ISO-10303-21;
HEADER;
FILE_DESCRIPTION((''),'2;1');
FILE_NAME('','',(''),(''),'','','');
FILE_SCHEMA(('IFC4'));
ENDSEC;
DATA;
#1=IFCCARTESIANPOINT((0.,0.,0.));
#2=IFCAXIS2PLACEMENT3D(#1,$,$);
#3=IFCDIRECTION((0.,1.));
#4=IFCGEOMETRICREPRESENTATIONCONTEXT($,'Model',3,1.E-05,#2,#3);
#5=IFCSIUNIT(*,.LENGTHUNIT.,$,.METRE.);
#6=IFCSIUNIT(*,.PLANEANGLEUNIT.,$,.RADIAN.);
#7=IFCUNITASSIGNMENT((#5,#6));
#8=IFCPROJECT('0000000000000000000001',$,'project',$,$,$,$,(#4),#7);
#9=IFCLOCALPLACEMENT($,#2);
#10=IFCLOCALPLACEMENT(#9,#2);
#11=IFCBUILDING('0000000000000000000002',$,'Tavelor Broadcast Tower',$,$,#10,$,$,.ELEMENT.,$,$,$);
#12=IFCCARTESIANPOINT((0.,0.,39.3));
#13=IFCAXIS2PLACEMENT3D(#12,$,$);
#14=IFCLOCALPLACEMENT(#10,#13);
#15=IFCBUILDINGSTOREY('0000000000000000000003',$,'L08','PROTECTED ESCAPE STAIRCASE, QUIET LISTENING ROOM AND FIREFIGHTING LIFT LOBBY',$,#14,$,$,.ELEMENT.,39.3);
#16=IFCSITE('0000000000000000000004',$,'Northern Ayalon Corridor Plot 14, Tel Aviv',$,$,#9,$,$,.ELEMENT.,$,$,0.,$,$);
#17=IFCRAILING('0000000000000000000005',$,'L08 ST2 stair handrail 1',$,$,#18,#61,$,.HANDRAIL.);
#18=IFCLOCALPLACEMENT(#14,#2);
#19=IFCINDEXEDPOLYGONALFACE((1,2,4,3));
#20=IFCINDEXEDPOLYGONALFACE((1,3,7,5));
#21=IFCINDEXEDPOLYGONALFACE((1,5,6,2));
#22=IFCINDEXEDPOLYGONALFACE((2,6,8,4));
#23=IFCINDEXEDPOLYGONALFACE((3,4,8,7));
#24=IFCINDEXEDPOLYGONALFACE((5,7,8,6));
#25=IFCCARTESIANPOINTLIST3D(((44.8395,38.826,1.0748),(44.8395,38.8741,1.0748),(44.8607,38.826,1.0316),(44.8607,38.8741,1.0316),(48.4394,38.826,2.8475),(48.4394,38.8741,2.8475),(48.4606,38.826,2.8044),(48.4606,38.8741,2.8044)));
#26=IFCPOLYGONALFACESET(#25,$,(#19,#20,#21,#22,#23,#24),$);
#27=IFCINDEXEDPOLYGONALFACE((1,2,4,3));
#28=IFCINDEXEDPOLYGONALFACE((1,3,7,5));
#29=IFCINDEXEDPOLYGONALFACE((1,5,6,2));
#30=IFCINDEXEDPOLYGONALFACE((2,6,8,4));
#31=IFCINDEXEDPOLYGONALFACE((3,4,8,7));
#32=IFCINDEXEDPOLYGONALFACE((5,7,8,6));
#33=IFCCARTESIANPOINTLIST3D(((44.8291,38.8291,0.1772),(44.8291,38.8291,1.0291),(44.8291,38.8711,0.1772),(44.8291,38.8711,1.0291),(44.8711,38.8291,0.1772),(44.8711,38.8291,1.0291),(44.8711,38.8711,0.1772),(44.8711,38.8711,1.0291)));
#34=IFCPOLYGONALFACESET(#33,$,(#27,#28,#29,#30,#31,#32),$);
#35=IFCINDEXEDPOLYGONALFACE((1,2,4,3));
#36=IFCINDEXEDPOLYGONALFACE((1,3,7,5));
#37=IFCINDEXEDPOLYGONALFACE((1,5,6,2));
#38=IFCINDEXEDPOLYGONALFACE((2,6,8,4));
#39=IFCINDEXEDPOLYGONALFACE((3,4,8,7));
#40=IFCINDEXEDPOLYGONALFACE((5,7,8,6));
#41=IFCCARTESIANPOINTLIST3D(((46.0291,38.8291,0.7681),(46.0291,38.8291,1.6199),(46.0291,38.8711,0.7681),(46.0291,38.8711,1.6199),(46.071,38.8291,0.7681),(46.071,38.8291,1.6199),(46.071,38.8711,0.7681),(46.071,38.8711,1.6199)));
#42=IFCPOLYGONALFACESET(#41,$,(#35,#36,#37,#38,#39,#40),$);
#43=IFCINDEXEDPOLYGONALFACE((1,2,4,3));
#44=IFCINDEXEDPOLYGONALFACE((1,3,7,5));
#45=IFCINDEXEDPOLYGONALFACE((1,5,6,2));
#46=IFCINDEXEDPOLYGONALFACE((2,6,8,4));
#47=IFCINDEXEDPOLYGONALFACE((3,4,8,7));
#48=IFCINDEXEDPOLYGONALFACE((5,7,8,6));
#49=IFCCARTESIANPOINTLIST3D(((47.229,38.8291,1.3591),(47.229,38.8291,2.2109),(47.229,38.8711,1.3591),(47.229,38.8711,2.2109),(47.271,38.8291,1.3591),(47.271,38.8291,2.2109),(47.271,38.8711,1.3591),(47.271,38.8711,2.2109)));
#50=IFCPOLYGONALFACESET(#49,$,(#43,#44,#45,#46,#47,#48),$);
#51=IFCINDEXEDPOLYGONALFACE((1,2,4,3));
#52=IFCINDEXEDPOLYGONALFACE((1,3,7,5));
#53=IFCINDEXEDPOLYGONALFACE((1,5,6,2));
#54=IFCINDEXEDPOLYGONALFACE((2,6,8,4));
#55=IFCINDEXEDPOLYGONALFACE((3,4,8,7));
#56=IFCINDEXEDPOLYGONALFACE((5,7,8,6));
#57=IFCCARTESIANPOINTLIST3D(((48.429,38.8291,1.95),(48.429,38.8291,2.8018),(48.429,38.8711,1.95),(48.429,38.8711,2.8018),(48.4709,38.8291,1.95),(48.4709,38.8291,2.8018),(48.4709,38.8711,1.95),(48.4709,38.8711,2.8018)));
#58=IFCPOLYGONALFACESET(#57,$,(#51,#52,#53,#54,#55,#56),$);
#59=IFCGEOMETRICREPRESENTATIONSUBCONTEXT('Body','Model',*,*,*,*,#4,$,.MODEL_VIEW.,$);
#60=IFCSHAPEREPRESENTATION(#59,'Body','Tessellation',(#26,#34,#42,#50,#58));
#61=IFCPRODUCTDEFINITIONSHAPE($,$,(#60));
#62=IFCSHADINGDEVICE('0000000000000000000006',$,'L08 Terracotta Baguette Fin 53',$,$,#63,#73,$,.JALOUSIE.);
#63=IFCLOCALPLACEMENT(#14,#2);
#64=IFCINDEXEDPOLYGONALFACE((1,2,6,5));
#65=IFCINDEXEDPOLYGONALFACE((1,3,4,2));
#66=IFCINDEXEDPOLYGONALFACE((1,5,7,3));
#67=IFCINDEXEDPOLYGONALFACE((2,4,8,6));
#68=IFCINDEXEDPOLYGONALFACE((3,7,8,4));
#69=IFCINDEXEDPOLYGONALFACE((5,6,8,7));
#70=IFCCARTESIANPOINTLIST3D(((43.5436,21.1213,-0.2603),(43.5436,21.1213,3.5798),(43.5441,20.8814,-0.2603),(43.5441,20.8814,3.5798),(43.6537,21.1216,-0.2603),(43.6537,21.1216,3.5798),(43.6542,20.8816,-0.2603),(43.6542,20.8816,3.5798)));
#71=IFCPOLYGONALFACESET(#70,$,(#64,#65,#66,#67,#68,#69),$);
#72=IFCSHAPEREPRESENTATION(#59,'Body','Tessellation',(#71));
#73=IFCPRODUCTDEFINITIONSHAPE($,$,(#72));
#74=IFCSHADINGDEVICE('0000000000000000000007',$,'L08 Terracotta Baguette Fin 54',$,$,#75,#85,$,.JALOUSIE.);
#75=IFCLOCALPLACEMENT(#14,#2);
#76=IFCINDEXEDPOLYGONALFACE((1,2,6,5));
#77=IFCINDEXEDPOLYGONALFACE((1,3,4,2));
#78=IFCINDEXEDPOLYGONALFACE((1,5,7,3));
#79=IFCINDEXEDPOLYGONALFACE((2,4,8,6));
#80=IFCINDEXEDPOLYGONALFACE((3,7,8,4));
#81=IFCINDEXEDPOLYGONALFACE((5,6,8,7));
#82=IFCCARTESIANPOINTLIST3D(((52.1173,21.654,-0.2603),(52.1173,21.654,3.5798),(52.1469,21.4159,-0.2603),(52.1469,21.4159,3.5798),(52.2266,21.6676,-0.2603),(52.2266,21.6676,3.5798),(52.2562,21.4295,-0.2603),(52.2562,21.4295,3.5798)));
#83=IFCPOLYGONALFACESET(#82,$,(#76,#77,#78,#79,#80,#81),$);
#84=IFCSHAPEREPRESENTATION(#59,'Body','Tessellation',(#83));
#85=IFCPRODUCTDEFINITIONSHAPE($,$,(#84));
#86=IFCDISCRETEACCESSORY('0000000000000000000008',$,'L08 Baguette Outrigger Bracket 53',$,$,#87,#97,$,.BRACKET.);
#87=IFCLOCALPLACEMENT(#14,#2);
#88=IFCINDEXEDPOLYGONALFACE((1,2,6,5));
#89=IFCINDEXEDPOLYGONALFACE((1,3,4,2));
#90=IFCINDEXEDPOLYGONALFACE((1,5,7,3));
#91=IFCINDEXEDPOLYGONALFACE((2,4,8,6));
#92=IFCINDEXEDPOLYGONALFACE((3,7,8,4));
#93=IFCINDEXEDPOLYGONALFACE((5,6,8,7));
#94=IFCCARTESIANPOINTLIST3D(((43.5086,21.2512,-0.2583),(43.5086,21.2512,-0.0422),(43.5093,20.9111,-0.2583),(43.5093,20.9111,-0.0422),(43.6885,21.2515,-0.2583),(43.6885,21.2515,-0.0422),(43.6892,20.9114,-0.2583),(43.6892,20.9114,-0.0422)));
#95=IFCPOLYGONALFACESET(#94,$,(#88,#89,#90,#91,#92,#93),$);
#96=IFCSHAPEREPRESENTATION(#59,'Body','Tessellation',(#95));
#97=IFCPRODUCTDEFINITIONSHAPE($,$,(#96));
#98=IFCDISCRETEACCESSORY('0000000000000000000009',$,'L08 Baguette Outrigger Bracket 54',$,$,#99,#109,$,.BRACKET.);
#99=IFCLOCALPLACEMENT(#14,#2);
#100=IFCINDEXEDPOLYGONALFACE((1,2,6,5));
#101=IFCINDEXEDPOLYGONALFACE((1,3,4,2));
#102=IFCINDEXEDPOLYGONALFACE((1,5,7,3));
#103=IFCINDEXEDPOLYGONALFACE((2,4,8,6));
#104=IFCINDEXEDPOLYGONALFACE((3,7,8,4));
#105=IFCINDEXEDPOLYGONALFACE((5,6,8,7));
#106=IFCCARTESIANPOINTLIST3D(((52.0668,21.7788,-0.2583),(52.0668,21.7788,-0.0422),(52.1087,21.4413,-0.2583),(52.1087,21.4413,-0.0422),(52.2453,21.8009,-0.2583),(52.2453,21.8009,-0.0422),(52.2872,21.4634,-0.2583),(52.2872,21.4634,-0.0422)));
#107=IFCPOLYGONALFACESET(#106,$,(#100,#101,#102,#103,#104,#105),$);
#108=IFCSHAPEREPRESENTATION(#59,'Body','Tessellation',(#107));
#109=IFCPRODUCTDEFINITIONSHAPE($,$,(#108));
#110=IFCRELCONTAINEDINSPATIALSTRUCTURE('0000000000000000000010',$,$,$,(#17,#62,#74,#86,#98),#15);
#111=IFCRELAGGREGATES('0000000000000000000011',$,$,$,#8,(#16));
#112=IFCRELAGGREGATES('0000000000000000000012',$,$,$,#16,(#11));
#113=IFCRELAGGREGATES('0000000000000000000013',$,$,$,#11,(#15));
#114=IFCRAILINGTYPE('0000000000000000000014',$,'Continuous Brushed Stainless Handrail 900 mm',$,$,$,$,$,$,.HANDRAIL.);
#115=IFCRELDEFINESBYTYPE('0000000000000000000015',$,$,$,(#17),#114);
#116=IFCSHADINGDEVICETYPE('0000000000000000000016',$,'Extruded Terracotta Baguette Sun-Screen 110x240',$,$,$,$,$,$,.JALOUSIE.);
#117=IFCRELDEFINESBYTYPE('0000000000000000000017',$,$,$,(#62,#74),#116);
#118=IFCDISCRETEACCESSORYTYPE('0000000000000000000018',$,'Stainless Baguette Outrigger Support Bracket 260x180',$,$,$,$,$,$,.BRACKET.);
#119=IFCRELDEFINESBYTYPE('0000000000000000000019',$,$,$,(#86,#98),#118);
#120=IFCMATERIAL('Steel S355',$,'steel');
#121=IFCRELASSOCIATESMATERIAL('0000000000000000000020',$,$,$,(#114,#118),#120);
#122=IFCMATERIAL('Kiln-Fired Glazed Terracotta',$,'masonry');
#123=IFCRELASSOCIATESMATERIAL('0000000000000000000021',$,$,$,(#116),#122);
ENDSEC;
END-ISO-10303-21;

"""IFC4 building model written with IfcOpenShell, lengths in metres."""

from ifc_helpers import new_model, si_unit, direction, frame, origin, origin_2d, place, context, subcontext, project, spatial, rectangle, extrude, source, transform, mapped, material, type_object, type_shapes, element, save


model = new_model("IFC4")

# Units and contexts
model_context = context("Model", 3, precision=1e-05, world=origin(), true_north=direction((0.0, 1.0)))
body_context = subcontext(model_context, "Body", "Model", "MODEL_VIEW")
ifc_project = project(units=[si_unit("LENGTHUNIT", "METRE"), si_unit("PLANEANGLEUNIT", "RADIAN")], contexts=[model_context])

# Site, building, storey
site_placement = place(None, origin())
site = spatial("IfcSite", under=ifc_project, at=site_placement, Name="Northern Ayalon Corridor Plot 14, Tel Aviv", CompositionType="ELEMENT", RefElevation=0.0)
building_placement = place(site_placement, origin())
building = spatial("IfcBuilding", under=site, at=building_placement, Name="Tavelor Broadcast Tower", CompositionType="ELEMENT")
storey_placement = place(building_placement, frame((0.0, 0.0, 39.3)))
storey = spatial("IfcBuildingStorey", under=building, at=storey_placement, Name="L08", Description="PROTECTED ESCAPE STAIRCASE, QUIET LISTENING ROOM AND FIREFIGHTING LIFT LOBBY", CompositionType="ELEMENT", Elevation=39.3)

# Shared definitions
ifc_material_1 = material(Name="Steel S355", Category="steel")

# Railing
railing_type = type_object("IfcRailingType", Name="Continuous Brushed Stainless Handrail 900 mm", PredefinedType="HANDRAIL", material=ifc_material_1)
railing_placement = place(storey_placement, frame((44.8501, 38.8501, 0.1772)))
element("IfcRailing", 1, at=railing_placement, inside=storey, type_object=railing_type, Name="L08 ST2 stair handrail 1", PredefinedType="HANDRAIL", context=body_context, shape_type="SweptSolid", body=[
    extrude(rectangle(XDim=0.0481, YDim=0.0481, at=origin_2d()), frame((0.0, 0.0, 0.876), z_axis=(0.897124, 0.0, 0.441778), x_axis=(0.0, 1.0, 0.0)), (0.0, 0.0, 1.0), 4.0127),
    extrude(rectangle(XDim=0.042, YDim=0.042, at=origin_2d()), origin(), (0.0, 0.0, 1.0), 0.8518),
    extrude(rectangle(XDim=0.042, YDim=0.042, at=origin_2d()), frame((1.2, 0.0, 0.5908)), (0.0, 0.0, 1.0), 0.8518),
    extrude(rectangle(XDim=0.042, YDim=0.042, at=origin_2d()), frame((2.3999, 0.0, 1.1819)), (0.0, 0.0, 1.0), 0.8518),
    extrude(rectangle(XDim=0.042, YDim=0.042, at=origin_2d()), frame((3.5999, 0.0, 1.7727)), (0.0, 0.0, 1.0), 0.8518),
])

# Shading devices
ifc_material_2 = material(Name="Kiln-Fired Glazed Terracotta", Category="masonry")
shading_device_type = type_object("IfcShadingDeviceType", Name="Extruded Terracotta Baguette Sun-Screen 110x240", PredefinedType="JALOUSIE", material=ifc_material_2)
shared_shape_1 = source(origin(), body_context, "Body", "SweptSolid", [
    extrude(rectangle(XDim=0.1101, YDim=0.24, at=origin_2d()), origin(), (0.0, 0.0, 1.0), 3.8401),
])
type_shapes(shading_device_type, [shared_shape_1])
for number, where, z_axis, x_axis, name in (
    (2, (43.5989, 21.0015, -0.2603), (0.0, 0.0, 1.0), (0.999998, 0.002094, 0.0), "L08 Terracotta Baguette Fin 53"),
    (3, (52.1868, 21.5417, -0.2603), (0.0, 0.0, 1.0), (0.992375, 0.123255, 0.0), "L08 Terracotta Baguette Fin 54"),
):
    element("IfcShadingDevice", number, at=place(storey_placement, frame(where, z_axis=z_axis, x_axis=x_axis)), inside=storey, type_object=shading_device_type, Name=name, PredefinedType="JALOUSIE", context=body_context, shape_type="MappedRepresentation", body=[
        mapped(shared_shape_1, transform((0.0, 0.0, 0.0), scale=1.0)),
    ])

# Discrete accessories
discrete_accessory_type = type_object("IfcDiscreteAccessoryType", Name="Stainless Baguette Outrigger Support Bracket 260x180", PredefinedType="BRACKET", material=ifc_material_1)
shared_shape_2 = source(origin(), body_context, "Body", "SweptSolid", [
    extrude(rectangle(XDim=0.1799, YDim=0.3401, at=origin_2d()), origin(), (0.0, 0.0, 1.0), 0.2161),
])
type_shapes(discrete_accessory_type, [shared_shape_2])
for number, where, z_axis, x_axis, name in (
    (4, (43.5989, 21.0813, -0.2583), (0.0, 0.0, 1.0), (0.999998, 0.002094, 0.0), "L08 Baguette Outrigger Bracket 53"),
    (5, (52.177, 21.6211, -0.2583), (0.0, 0.0, 1.0), (0.992375, 0.123255, 0.0), "L08 Baguette Outrigger Bracket 54"),
):
    element("IfcDiscreteAccessory", number, at=place(storey_placement, frame(where, z_axis=z_axis, x_axis=x_axis)), inside=storey, type_object=discrete_accessory_type, Name=name, PredefinedType="BRACKET", context=body_context, shape_type="MappedRepresentation", body=[
        mapped(shared_shape_2, transform((0.0, 0.0, 0.0), scale=1.0)),
    ])

save(model, "model.ifc")
